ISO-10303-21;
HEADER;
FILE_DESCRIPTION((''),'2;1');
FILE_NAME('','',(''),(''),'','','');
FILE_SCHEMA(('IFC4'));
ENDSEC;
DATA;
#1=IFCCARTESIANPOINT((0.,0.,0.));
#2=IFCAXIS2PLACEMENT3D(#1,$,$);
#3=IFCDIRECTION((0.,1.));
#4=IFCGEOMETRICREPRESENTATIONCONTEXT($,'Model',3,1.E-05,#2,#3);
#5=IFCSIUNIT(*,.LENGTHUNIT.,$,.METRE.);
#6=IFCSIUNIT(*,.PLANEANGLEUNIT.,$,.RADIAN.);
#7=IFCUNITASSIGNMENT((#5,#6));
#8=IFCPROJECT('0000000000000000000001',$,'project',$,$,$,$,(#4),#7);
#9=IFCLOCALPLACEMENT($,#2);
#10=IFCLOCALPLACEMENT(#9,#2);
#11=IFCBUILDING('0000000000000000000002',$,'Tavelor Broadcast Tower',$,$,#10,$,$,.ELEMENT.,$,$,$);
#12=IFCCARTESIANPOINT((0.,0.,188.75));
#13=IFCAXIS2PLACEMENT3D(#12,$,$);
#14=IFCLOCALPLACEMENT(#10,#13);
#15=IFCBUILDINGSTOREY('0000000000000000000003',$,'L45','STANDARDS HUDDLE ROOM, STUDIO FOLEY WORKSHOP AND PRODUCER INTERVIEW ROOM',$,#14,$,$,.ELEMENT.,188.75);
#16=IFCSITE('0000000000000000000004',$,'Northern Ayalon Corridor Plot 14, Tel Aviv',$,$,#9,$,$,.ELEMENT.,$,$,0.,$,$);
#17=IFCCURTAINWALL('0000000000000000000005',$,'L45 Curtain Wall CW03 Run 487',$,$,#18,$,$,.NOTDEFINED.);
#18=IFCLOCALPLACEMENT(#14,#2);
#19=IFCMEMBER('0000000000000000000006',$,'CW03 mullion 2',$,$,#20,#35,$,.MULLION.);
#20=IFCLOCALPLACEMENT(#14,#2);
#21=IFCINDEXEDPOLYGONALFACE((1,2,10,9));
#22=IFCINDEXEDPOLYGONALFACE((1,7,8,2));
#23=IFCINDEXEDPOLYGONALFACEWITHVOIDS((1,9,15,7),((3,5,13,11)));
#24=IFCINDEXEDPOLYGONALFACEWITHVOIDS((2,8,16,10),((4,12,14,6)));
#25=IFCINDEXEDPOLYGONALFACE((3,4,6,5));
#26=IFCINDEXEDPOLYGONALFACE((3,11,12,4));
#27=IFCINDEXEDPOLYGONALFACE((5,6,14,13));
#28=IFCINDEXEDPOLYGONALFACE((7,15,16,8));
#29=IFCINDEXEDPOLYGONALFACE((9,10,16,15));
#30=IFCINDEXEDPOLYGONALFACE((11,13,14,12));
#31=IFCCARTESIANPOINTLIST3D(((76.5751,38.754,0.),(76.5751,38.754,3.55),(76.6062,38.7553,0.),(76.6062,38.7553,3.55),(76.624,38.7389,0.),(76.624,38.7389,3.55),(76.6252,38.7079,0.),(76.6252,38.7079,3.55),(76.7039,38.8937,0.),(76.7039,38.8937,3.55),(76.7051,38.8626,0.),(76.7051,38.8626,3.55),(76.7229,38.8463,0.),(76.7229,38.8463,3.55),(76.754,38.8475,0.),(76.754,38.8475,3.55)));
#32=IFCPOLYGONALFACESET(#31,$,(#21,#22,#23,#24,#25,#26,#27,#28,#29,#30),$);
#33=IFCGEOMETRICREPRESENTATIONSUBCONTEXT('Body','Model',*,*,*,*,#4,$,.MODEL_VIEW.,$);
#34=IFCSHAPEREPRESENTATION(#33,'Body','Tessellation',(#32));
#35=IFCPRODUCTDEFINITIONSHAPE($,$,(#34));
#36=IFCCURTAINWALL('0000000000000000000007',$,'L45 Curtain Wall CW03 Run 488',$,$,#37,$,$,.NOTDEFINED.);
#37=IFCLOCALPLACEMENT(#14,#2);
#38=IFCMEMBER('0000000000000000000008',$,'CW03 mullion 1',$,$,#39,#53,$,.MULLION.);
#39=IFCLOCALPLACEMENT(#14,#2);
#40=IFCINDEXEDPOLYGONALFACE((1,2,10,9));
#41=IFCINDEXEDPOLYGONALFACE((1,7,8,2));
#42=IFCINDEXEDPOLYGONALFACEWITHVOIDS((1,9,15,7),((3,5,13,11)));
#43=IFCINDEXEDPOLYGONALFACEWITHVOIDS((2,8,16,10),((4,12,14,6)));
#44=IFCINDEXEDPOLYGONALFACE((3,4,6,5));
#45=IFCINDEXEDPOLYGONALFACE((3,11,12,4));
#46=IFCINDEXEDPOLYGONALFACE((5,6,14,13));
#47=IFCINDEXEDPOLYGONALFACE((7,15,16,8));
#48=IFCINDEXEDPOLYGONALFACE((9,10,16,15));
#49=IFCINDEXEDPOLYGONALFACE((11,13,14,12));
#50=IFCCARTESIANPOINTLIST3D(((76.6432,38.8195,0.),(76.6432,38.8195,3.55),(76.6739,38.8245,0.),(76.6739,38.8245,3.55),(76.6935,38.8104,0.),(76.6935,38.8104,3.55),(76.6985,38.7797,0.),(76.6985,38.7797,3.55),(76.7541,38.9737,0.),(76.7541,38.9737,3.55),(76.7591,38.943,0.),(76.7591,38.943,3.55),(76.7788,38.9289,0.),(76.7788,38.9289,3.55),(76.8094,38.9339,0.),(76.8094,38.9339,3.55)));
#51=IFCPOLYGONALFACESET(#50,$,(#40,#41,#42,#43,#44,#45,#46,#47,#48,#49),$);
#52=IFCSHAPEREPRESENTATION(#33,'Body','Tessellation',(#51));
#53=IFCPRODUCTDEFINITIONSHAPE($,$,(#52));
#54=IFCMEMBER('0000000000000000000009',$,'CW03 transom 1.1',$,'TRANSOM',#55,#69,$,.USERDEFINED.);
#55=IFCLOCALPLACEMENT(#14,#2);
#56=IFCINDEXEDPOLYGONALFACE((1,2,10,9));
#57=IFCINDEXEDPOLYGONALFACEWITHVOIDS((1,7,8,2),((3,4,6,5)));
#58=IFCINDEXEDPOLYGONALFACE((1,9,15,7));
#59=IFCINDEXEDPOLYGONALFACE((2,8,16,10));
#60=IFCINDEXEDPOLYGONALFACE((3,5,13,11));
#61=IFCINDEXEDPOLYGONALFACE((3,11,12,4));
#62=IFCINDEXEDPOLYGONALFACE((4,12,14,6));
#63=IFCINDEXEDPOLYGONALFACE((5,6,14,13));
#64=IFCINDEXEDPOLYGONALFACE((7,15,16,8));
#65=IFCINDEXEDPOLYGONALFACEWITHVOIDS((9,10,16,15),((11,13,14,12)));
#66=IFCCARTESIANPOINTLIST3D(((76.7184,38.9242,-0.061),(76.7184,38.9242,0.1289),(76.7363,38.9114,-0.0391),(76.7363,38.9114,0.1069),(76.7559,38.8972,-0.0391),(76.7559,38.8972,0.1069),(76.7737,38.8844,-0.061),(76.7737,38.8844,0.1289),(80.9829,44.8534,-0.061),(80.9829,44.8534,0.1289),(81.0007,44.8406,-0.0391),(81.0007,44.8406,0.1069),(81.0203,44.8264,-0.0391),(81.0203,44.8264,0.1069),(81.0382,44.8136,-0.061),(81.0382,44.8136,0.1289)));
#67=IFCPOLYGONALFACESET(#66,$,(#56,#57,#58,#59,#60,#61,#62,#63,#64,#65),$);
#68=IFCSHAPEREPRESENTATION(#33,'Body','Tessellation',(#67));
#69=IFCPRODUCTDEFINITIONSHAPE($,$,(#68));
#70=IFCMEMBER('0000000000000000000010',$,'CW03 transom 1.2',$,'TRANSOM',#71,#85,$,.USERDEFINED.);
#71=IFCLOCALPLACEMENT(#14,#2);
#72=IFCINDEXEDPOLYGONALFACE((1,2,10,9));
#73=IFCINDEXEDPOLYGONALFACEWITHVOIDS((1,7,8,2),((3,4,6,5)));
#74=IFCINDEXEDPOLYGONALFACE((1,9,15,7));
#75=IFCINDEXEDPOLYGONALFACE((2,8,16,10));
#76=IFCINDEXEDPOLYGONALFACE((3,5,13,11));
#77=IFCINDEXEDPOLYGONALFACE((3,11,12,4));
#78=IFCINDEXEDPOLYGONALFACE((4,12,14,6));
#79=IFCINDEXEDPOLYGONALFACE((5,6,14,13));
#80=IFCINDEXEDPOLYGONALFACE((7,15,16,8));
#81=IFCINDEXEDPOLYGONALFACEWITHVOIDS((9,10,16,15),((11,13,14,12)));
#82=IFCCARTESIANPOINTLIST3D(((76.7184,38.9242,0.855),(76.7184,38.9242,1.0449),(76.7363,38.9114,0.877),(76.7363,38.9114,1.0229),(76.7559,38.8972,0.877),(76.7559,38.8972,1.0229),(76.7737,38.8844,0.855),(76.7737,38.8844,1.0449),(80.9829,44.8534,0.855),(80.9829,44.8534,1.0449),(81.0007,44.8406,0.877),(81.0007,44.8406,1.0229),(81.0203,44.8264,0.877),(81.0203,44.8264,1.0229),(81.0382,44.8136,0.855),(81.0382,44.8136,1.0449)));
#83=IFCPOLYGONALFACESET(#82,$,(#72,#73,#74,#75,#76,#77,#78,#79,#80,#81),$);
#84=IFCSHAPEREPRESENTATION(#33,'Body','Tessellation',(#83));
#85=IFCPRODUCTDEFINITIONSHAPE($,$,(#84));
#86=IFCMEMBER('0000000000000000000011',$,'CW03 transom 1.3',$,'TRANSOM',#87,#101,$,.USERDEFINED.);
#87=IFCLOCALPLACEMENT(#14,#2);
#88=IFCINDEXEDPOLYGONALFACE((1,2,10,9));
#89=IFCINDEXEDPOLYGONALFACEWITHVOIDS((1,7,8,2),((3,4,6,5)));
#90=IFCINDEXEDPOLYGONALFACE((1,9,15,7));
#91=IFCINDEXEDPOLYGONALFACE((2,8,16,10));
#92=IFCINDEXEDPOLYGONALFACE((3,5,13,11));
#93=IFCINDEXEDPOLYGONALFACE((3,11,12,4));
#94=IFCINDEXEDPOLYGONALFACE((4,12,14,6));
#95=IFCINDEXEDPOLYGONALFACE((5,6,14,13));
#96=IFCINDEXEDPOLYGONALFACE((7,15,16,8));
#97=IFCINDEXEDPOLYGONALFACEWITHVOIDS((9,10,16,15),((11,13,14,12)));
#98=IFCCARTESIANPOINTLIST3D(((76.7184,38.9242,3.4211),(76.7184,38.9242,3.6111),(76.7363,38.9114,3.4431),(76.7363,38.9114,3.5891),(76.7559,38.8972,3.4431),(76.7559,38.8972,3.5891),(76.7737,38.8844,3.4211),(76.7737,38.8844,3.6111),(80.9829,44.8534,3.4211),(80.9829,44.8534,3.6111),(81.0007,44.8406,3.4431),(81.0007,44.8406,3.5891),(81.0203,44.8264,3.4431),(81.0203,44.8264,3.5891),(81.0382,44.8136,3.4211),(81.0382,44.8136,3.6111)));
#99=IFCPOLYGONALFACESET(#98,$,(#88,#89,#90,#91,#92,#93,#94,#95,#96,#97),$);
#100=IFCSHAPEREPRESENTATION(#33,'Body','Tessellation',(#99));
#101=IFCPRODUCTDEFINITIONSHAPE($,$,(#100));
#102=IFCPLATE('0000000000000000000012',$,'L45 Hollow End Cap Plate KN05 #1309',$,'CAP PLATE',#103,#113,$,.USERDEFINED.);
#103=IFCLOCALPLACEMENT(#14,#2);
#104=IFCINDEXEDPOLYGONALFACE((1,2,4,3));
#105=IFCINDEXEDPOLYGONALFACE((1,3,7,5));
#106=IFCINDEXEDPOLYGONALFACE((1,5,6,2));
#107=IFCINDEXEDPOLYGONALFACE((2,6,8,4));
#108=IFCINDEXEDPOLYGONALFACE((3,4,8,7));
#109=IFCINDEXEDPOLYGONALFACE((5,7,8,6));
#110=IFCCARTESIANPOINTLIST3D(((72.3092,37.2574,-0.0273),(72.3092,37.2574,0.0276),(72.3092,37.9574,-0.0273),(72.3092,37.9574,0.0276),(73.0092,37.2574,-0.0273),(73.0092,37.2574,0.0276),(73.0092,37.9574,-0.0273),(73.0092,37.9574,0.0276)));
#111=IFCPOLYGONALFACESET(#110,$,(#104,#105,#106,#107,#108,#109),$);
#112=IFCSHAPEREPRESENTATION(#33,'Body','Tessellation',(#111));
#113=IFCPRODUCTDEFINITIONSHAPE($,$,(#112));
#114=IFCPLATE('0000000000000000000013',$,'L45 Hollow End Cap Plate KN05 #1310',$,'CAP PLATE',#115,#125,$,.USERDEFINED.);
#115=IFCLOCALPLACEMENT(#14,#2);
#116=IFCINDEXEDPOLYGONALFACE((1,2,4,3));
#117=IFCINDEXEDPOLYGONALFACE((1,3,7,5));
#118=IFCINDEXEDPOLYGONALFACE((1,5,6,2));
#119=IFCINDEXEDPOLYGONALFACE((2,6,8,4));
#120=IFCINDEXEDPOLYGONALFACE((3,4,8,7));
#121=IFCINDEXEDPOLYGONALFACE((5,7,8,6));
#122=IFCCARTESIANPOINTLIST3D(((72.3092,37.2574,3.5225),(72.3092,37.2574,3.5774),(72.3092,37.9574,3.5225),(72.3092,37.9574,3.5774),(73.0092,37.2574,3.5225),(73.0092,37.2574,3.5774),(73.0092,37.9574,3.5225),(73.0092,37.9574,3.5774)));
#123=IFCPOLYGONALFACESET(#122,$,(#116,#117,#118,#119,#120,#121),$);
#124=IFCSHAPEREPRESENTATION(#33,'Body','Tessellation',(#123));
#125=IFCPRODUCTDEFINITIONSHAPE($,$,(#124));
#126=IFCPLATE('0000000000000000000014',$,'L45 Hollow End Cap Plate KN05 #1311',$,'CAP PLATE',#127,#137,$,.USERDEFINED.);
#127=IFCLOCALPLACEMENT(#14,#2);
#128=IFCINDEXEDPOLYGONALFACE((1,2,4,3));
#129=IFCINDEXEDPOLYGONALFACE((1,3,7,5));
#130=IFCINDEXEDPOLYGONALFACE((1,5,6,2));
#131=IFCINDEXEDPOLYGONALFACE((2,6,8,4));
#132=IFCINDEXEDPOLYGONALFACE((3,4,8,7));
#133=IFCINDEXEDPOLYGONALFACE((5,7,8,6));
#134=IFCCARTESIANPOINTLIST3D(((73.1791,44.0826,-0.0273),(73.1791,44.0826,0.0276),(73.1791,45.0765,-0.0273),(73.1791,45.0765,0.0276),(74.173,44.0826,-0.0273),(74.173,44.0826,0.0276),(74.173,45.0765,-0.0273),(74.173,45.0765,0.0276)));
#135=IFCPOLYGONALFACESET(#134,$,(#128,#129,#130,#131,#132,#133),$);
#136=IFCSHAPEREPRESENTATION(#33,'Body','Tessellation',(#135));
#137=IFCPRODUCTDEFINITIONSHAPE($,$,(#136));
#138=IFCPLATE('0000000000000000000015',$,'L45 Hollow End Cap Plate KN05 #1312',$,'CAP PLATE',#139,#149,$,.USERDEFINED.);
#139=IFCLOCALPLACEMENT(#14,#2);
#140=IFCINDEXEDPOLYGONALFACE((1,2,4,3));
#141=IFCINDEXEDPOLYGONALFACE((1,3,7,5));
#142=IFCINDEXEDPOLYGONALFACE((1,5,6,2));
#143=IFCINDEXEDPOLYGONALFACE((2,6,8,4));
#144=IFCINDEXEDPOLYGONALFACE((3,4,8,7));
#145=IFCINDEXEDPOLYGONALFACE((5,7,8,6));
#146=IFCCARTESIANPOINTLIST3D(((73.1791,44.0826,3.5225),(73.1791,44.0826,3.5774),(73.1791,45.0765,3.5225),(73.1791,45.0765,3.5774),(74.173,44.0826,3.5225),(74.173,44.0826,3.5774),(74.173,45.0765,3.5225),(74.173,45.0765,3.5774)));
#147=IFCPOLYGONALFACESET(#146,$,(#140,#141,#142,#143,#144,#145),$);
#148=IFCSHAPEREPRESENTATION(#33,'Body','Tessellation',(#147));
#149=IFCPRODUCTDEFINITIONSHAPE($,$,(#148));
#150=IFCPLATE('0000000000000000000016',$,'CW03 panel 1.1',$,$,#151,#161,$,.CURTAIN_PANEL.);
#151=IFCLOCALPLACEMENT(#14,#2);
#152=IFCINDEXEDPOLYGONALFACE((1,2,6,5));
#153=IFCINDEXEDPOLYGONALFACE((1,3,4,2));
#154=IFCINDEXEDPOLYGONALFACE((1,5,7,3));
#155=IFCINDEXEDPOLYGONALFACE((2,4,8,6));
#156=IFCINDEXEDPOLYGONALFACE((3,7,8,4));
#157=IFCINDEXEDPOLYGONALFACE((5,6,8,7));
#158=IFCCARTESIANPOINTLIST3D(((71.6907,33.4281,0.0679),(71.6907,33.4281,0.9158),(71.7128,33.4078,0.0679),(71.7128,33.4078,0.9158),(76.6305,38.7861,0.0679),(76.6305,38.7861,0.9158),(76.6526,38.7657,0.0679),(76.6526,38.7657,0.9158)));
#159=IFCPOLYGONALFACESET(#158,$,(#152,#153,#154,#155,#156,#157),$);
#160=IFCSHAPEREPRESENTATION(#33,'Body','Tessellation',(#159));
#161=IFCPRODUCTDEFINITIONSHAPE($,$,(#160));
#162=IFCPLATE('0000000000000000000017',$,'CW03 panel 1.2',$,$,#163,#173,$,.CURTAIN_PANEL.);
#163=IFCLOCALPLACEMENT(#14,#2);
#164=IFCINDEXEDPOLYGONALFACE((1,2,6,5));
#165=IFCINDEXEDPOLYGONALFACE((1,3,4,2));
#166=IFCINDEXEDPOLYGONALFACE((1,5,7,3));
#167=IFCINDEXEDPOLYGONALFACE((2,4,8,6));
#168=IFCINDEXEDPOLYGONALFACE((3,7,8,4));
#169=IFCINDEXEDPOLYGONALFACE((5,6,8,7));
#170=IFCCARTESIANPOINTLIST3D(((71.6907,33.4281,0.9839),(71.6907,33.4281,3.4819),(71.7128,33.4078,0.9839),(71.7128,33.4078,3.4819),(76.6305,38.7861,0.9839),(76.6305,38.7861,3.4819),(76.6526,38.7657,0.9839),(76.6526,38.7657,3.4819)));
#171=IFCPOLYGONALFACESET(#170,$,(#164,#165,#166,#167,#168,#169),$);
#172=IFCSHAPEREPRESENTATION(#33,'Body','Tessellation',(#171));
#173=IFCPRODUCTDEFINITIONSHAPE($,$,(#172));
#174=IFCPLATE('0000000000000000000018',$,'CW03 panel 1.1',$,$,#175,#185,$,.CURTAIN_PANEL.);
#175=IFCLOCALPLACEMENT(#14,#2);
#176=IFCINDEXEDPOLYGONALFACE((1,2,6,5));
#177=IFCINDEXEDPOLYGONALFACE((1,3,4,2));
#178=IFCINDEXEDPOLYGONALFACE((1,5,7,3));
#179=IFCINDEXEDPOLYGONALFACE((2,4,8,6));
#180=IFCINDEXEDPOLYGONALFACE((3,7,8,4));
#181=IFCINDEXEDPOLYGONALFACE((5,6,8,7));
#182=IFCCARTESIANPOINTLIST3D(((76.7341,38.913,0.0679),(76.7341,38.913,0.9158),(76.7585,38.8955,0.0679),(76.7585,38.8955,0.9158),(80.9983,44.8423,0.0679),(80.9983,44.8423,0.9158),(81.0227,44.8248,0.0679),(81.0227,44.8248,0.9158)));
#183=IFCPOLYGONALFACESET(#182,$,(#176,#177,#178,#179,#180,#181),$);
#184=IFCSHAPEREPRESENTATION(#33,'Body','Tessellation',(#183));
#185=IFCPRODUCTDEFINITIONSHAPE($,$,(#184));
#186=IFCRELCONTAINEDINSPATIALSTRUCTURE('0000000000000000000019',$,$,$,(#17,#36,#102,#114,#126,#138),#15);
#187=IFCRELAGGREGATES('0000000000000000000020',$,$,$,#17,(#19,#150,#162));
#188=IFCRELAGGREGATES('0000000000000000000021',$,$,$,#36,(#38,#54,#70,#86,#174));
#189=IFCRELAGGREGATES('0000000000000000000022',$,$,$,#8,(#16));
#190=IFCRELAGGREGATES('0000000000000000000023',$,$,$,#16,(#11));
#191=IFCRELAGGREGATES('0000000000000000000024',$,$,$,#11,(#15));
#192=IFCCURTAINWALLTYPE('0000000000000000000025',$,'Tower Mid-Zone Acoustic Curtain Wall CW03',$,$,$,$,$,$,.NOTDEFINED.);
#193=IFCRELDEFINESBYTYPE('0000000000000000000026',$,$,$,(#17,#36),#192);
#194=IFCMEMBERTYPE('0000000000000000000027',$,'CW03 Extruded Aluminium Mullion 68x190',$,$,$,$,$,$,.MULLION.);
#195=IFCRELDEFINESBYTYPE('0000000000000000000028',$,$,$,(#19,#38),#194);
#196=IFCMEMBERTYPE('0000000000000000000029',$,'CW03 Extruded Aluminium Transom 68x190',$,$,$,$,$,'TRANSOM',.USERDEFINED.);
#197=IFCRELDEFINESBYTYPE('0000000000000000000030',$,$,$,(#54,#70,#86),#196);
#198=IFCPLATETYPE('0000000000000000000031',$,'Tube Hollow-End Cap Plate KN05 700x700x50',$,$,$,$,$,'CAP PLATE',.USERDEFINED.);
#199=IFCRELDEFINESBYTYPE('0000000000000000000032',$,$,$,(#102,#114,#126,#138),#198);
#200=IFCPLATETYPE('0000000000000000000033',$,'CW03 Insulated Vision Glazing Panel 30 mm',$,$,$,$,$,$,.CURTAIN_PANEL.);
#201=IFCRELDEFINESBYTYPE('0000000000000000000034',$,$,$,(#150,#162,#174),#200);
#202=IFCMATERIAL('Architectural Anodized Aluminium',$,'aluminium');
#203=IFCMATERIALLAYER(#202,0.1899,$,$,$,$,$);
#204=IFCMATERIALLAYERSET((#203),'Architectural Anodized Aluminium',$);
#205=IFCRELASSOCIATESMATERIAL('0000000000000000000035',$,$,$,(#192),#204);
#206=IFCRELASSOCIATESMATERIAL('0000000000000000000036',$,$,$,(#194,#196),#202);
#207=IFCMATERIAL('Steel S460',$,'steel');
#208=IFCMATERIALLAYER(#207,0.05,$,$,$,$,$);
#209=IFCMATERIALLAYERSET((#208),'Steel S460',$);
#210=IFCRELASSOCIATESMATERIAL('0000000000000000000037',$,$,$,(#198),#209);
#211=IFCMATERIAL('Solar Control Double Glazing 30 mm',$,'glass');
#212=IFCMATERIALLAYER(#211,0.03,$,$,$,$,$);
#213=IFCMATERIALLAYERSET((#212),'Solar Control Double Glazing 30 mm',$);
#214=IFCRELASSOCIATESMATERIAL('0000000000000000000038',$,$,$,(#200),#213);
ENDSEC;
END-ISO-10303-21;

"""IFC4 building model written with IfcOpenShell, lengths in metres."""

from ifc_helpers import new_model, si_unit, direction, frame, origin, origin_2d, place, context, subcontext, project, spatial, rectangle, hollow_rectangle, extrude, source, transform, mapped, material, layer, layer_set, material_profile, profile_set, type_object, type_shapes, element, aggregate, save


model = new_model("IFC4")

# Units and contexts
model_context = context("Model", 3, precision=1e-05, world=origin(), true_north=direction((0.0, 1.0)))
body_context = subcontext(model_context, "Body", "Model", "MODEL_VIEW")
ifc_project = project(units=[si_unit("LENGTHUNIT", "METRE"), si_unit("PLANEANGLEUNIT", "RADIAN")], contexts=[model_context])

# Site, building, storey
site_placement = place(None, origin())
site = spatial("IfcSite", under=ifc_project, at=site_placement, Name="Northern Ayalon Corridor Plot 14, Tel Aviv", CompositionType="ELEMENT", RefElevation=0.0)
building_placement = place(site_placement, origin())
building = spatial("IfcBuilding", under=site, at=building_placement, Name="Tavelor Broadcast Tower", CompositionType="ELEMENT")
storey_placement = place(building_placement, frame((0.0, 0.0, 188.75)))
storey = spatial("IfcBuildingStorey", under=building, at=storey_placement, Name="L45", Description="STANDARDS HUDDLE ROOM, STUDIO FOLEY WORKSHOP AND PRODUCER INTERVIEW ROOM", CompositionType="ELEMENT", Elevation=188.75)

# Shared definitions
ifc_material_1 = material(Name="Steel S460", Category="steel")

# Curtain wall, member
ifc_material_2 = material(Name="Architectural Anodized Aluminium", Category="aluminium")
ifc_layer_1 = layer(ifc_material_2, 0.1899)
ifc_layer_set_1 = layer_set([ifc_layer_1], Name="Architectural Anodized Aluminium")
curtain_wall_type = type_object("IfcCurtainWallType", Name="Tower Mid-Zone Acoustic Curtain Wall CW03", PredefinedType="NOTDEFINED", material=ifc_layer_set_1)
curtain_wall_1_placement = place(storey_placement, origin())
curtain_wall_1 = element("IfcCurtainWall", 1, at=curtain_wall_1_placement, inside=storey, type_object=curtain_wall_type, Name="L45 Curtain Wall CW03 Run 487", PredefinedType="NOTDEFINED")
ifc_material_profile_1 = material_profile(ifc_material_2, hollow_rectangle(XDim=0.0681, YDim=0.1899, WallThickness=0.022, at=origin_2d()), Name="RHS 68x190x22")
ifc_profile_set_1 = profile_set([ifc_material_profile_1], Name="Architectural Anodized Aluminium")
member_type_1 = type_object("IfcMemberType", Name="CW03 Extruded Aluminium Mullion 68x190", PredefinedType="MULLION", material=ifc_profile_set_1)
shared_shape_1 = source(origin(), body_context, "Body", "SweptSolid", [
    extrude(hollow_rectangle(XDim=0.0681, YDim=0.1899, WallThickness=0.022, at=origin_2d()), origin(), (0.0, 0.0, 1.0), 3.55),
])
type_shapes(member_type_1, [shared_shape_1])
member_1_placement = place(storey_placement, frame((76.6646, 38.8008, 0.0), z_axis=(0.0, 0.0, 1.0), x_axis=(-0.735217, 0.677832, 0.0)))
member_1 = element("IfcMember", 2, at=member_1_placement, type_object=member_type_1, Name="CW03 mullion 2", PredefinedType="MULLION", context=body_context, shape_type="MappedRepresentation", body=[
    mapped(shared_shape_1, transform((0.0, 0.0, 0.0), scale=1.0)),
])

# Curtain wall, members
curtain_wall_2_placement = place(storey_placement, origin())
curtain_wall_2 = element("IfcCurtainWall", 3, at=curtain_wall_2_placement, inside=storey, type_object=curtain_wall_type, Name="L45 Curtain Wall CW03 Run 488", PredefinedType="NOTDEFINED")
member_2_placement = place(storey_placement, frame((76.7263, 38.8767, 0.0), z_axis=(0.0, 0.0, 1.0), x_axis=(-0.811852, 0.583863, 0.0)))
member_2 = element("IfcMember", 4, at=member_2_placement, type_object=member_type_1, Name="CW03 mullion 1", PredefinedType="MULLION", context=body_context, shape_type="MappedRepresentation", body=[
    mapped(shared_shape_1, transform((0.0, 0.0, 0.0), scale=1.0)),
])
ifc_material_profile_2 = material_profile(ifc_material_2, hollow_rectangle(XDim=0.0681, YDim=0.1899, WallThickness=0.022, at=origin_2d()), Name="RHS 68x190x22")
ifc_profile_set_2 = profile_set([ifc_material_profile_2], Name="Architectural Anodized Aluminium")
member_type_2 = type_object("IfcMemberType", Name="CW03 Extruded Aluminium Transom 68x190", ElementType="TRANSOM", PredefinedType="USERDEFINED", material=ifc_profile_set_2)
shared_shape_2 = source(origin(), body_context, "Body", "SweptSolid", [
    extrude(hollow_rectangle(XDim=0.0681, YDim=0.1899, WallThickness=0.022, at=origin_2d()), origin(), (0.0, 0.0, 1.0), 7.3035),
])
type_shapes(member_type_2, [shared_shape_2])
member_3_placement = place(storey_placement, frame((76.7461, 38.9043, 0.0339), z_axis=(0.583888, 0.811834, 0.0), x_axis=(-0.811834, 0.583888, 0.0)))
member_3 = element("IfcMember", 5, at=member_3_placement, type_object=member_type_2, Name="CW03 transom 1.1", ObjectType="TRANSOM", PredefinedType="USERDEFINED", context=body_context, shape_type="MappedRepresentation", body=[
    mapped(shared_shape_2, transform((0.0, 0.0, 0.0), scale=1.0)),
])
member_4_placement = place(storey_placement, frame((76.7461, 38.9043, 0.95), z_axis=(0.583888, 0.811834, 0.0), x_axis=(-0.811834, 0.583888, 0.0)))
member_4 = element("IfcMember", 6, at=member_4_placement, type_object=member_type_2, Name="CW03 transom 1.2", ObjectType="TRANSOM", PredefinedType="USERDEFINED", context=body_context, shape_type="MappedRepresentation", body=[
    mapped(shared_shape_2, transform((0.0, 0.0, 0.0), scale=1.0)),
])
member_5_placement = place(storey_placement, frame((76.7461, 38.9043, 3.5161), z_axis=(0.583888, 0.811834, 0.0), x_axis=(-0.811834, 0.583888, 0.0)))
member_5 = element("IfcMember", 7, at=member_5_placement, type_object=member_type_2, Name="CW03 transom 1.3", ObjectType="TRANSOM", PredefinedType="USERDEFINED", context=body_context, shape_type="MappedRepresentation", body=[
    mapped(shared_shape_2, transform((0.0, 0.0, 0.0), scale=1.0)),
])

# Plates
ifc_layer_2 = layer(ifc_material_1, 0.05)
ifc_layer_set_2 = layer_set([ifc_layer_2], Name="Steel S460")
plate_type_1 = type_object("IfcPlateType", Name="Tube Hollow-End Cap Plate KN05 700x700x50", ElementType="CAP PLATE", PredefinedType="USERDEFINED", material=ifc_layer_set_2)
shared_shape_3 = source(origin(), body_context, "Body", "SweptSolid", [
    extrude(rectangle(XDim=0.7, YDim=0.7, at=origin_2d()), origin(), (0.0, 0.0, 1.0), 0.0549),
])
for number, where, z_axis, x_axis, name in (
    (8, (72.6592, 37.6074, -0.0273), (0.0, 0.0, 1.0), (1.0, 0.0, 0.0), "L45 Hollow End Cap Plate KN05 #1309"),
    (9, (72.6592, 37.6074, 3.5225), (0.0, 0.0, 1.0), (1.0, 0.0, 0.0), "L45 Hollow End Cap Plate KN05 #1310"),
):
    element("IfcPlate", number, at=place(storey_placement, frame(where, z_axis=z_axis, x_axis=x_axis)), inside=storey, type_object=plate_type_1, Name=name, ObjectType="CAP PLATE", PredefinedType="USERDEFINED", context=body_context, shape_type="MappedRepresentation", body=[
        mapped(shared_shape_3, transform((0.0, 0.0, 0.0), scale=1.0)),
    ])
shared_shape_4 = source(origin(), body_context, "Body", "SweptSolid", [
    extrude(rectangle(XDim=0.9939, YDim=0.9939, at=origin_2d()), origin(), (0.0, 0.0, 1.0), 0.0549),
])
type_shapes(plate_type_1, [shared_shape_3, shared_shape_4])
for number, where, z_axis, x_axis, name in (
    (10, (73.676, 44.5796, -0.0273), (0.0, 0.0, 1.0), (1.0, 0.0, 0.0), "L45 Hollow End Cap Plate KN05 #1311"),
    (11, (73.676, 44.5796, 3.5225), (0.0, 0.0, 1.0), (1.0, 0.0, 0.0), "L45 Hollow End Cap Plate KN05 #1312"),
):
    element("IfcPlate", number, at=place(storey_placement, frame(where, z_axis=z_axis, x_axis=x_axis)), inside=storey, type_object=plate_type_1, Name=name, ObjectType="CAP PLATE", PredefinedType="USERDEFINED", context=body_context, shape_type="MappedRepresentation", body=[
        mapped(shared_shape_4, transform((0.0, 0.0, 0.0), scale=1.0)),
    ])

# Plates
ifc_material_3 = material(Name="Solar Control Double Glazing 30 mm", Category="glass")
ifc_layer_3 = layer(ifc_material_3, 0.03)
ifc_layer_set_3 = layer_set([ifc_layer_3], Name="Solar Control Double Glazing 30 mm")
plate_type_2 = type_object("IfcPlateType", Name="CW03 Insulated Vision Glazing Panel 30 mm", PredefinedType="CURTAIN_PANEL", material=ifc_layer_set_3)
shared_shape_5 = source(origin(), body_context, "Body", "SweptSolid", [
    extrude(rectangle(XDim=7.2876, YDim=0.03, at=origin_2d()), origin(), (0.0, 0.0, 1.0), 0.8479),
])
plate_1_placement = place(storey_placement, frame((74.1716, 36.0969, 0.0679), z_axis=(0.0, 0.0, 1.0), x_axis=(0.677832, 0.735217, 0.0)))
plate_1 = element("IfcPlate", 12, at=plate_1_placement, type_object=plate_type_2, Name="CW03 panel 1.1", PredefinedType="CURTAIN_PANEL", context=body_context, shape_type="MappedRepresentation", body=[
    mapped(shared_shape_5, transform((0.0, 0.0, 0.0), scale=1.0)),
])
shared_shape_6 = source(origin(), body_context, "Body", "SweptSolid", [
    extrude(rectangle(XDim=7.2876, YDim=0.03, at=origin_2d()), origin(), (0.0, 0.0, 1.0), 2.498),
])
plate_2_placement = place(storey_placement, frame((74.1716, 36.0969, 0.9839), z_axis=(0.0, 0.0, 1.0), x_axis=(0.677832, 0.735217, 0.0)))
plate_2 = element("IfcPlate", 13, at=plate_2_placement, type_object=plate_type_2, Name="CW03 panel 1.2", PredefinedType="CURTAIN_PANEL", context=body_context, shape_type="MappedRepresentation", body=[
    mapped(shared_shape_6, transform((0.0, 0.0, 0.0), scale=1.0)),
])
aggregate(curtain_wall_1, [member_1, plate_1, plate_2])
shared_shape_7 = source(origin(), body_context, "Body", "SweptSolid", [
    extrude(rectangle(XDim=7.3035, YDim=0.03, at=origin_2d()), origin(), (0.0, 0.0, 1.0), 0.8479),
])
plate_3_placement = place(storey_placement, frame((78.8784, 41.8689, 0.0679), z_axis=(0.0, 0.0, 1.0), x_axis=(0.583863, 0.811852, 0.0)))
plate_3 = element("IfcPlate", 14, at=plate_3_placement, type_object=plate_type_2, Name="CW03 panel 1.1", PredefinedType="CURTAIN_PANEL", context=body_context, shape_type="MappedRepresentation", body=[
    mapped(shared_shape_7, transform((0.0, 0.0, 0.0), scale=1.0)),
])
aggregate(curtain_wall_2, [member_2, member_3, member_4, member_5, plate_3])

save(model, "model.ifc")
